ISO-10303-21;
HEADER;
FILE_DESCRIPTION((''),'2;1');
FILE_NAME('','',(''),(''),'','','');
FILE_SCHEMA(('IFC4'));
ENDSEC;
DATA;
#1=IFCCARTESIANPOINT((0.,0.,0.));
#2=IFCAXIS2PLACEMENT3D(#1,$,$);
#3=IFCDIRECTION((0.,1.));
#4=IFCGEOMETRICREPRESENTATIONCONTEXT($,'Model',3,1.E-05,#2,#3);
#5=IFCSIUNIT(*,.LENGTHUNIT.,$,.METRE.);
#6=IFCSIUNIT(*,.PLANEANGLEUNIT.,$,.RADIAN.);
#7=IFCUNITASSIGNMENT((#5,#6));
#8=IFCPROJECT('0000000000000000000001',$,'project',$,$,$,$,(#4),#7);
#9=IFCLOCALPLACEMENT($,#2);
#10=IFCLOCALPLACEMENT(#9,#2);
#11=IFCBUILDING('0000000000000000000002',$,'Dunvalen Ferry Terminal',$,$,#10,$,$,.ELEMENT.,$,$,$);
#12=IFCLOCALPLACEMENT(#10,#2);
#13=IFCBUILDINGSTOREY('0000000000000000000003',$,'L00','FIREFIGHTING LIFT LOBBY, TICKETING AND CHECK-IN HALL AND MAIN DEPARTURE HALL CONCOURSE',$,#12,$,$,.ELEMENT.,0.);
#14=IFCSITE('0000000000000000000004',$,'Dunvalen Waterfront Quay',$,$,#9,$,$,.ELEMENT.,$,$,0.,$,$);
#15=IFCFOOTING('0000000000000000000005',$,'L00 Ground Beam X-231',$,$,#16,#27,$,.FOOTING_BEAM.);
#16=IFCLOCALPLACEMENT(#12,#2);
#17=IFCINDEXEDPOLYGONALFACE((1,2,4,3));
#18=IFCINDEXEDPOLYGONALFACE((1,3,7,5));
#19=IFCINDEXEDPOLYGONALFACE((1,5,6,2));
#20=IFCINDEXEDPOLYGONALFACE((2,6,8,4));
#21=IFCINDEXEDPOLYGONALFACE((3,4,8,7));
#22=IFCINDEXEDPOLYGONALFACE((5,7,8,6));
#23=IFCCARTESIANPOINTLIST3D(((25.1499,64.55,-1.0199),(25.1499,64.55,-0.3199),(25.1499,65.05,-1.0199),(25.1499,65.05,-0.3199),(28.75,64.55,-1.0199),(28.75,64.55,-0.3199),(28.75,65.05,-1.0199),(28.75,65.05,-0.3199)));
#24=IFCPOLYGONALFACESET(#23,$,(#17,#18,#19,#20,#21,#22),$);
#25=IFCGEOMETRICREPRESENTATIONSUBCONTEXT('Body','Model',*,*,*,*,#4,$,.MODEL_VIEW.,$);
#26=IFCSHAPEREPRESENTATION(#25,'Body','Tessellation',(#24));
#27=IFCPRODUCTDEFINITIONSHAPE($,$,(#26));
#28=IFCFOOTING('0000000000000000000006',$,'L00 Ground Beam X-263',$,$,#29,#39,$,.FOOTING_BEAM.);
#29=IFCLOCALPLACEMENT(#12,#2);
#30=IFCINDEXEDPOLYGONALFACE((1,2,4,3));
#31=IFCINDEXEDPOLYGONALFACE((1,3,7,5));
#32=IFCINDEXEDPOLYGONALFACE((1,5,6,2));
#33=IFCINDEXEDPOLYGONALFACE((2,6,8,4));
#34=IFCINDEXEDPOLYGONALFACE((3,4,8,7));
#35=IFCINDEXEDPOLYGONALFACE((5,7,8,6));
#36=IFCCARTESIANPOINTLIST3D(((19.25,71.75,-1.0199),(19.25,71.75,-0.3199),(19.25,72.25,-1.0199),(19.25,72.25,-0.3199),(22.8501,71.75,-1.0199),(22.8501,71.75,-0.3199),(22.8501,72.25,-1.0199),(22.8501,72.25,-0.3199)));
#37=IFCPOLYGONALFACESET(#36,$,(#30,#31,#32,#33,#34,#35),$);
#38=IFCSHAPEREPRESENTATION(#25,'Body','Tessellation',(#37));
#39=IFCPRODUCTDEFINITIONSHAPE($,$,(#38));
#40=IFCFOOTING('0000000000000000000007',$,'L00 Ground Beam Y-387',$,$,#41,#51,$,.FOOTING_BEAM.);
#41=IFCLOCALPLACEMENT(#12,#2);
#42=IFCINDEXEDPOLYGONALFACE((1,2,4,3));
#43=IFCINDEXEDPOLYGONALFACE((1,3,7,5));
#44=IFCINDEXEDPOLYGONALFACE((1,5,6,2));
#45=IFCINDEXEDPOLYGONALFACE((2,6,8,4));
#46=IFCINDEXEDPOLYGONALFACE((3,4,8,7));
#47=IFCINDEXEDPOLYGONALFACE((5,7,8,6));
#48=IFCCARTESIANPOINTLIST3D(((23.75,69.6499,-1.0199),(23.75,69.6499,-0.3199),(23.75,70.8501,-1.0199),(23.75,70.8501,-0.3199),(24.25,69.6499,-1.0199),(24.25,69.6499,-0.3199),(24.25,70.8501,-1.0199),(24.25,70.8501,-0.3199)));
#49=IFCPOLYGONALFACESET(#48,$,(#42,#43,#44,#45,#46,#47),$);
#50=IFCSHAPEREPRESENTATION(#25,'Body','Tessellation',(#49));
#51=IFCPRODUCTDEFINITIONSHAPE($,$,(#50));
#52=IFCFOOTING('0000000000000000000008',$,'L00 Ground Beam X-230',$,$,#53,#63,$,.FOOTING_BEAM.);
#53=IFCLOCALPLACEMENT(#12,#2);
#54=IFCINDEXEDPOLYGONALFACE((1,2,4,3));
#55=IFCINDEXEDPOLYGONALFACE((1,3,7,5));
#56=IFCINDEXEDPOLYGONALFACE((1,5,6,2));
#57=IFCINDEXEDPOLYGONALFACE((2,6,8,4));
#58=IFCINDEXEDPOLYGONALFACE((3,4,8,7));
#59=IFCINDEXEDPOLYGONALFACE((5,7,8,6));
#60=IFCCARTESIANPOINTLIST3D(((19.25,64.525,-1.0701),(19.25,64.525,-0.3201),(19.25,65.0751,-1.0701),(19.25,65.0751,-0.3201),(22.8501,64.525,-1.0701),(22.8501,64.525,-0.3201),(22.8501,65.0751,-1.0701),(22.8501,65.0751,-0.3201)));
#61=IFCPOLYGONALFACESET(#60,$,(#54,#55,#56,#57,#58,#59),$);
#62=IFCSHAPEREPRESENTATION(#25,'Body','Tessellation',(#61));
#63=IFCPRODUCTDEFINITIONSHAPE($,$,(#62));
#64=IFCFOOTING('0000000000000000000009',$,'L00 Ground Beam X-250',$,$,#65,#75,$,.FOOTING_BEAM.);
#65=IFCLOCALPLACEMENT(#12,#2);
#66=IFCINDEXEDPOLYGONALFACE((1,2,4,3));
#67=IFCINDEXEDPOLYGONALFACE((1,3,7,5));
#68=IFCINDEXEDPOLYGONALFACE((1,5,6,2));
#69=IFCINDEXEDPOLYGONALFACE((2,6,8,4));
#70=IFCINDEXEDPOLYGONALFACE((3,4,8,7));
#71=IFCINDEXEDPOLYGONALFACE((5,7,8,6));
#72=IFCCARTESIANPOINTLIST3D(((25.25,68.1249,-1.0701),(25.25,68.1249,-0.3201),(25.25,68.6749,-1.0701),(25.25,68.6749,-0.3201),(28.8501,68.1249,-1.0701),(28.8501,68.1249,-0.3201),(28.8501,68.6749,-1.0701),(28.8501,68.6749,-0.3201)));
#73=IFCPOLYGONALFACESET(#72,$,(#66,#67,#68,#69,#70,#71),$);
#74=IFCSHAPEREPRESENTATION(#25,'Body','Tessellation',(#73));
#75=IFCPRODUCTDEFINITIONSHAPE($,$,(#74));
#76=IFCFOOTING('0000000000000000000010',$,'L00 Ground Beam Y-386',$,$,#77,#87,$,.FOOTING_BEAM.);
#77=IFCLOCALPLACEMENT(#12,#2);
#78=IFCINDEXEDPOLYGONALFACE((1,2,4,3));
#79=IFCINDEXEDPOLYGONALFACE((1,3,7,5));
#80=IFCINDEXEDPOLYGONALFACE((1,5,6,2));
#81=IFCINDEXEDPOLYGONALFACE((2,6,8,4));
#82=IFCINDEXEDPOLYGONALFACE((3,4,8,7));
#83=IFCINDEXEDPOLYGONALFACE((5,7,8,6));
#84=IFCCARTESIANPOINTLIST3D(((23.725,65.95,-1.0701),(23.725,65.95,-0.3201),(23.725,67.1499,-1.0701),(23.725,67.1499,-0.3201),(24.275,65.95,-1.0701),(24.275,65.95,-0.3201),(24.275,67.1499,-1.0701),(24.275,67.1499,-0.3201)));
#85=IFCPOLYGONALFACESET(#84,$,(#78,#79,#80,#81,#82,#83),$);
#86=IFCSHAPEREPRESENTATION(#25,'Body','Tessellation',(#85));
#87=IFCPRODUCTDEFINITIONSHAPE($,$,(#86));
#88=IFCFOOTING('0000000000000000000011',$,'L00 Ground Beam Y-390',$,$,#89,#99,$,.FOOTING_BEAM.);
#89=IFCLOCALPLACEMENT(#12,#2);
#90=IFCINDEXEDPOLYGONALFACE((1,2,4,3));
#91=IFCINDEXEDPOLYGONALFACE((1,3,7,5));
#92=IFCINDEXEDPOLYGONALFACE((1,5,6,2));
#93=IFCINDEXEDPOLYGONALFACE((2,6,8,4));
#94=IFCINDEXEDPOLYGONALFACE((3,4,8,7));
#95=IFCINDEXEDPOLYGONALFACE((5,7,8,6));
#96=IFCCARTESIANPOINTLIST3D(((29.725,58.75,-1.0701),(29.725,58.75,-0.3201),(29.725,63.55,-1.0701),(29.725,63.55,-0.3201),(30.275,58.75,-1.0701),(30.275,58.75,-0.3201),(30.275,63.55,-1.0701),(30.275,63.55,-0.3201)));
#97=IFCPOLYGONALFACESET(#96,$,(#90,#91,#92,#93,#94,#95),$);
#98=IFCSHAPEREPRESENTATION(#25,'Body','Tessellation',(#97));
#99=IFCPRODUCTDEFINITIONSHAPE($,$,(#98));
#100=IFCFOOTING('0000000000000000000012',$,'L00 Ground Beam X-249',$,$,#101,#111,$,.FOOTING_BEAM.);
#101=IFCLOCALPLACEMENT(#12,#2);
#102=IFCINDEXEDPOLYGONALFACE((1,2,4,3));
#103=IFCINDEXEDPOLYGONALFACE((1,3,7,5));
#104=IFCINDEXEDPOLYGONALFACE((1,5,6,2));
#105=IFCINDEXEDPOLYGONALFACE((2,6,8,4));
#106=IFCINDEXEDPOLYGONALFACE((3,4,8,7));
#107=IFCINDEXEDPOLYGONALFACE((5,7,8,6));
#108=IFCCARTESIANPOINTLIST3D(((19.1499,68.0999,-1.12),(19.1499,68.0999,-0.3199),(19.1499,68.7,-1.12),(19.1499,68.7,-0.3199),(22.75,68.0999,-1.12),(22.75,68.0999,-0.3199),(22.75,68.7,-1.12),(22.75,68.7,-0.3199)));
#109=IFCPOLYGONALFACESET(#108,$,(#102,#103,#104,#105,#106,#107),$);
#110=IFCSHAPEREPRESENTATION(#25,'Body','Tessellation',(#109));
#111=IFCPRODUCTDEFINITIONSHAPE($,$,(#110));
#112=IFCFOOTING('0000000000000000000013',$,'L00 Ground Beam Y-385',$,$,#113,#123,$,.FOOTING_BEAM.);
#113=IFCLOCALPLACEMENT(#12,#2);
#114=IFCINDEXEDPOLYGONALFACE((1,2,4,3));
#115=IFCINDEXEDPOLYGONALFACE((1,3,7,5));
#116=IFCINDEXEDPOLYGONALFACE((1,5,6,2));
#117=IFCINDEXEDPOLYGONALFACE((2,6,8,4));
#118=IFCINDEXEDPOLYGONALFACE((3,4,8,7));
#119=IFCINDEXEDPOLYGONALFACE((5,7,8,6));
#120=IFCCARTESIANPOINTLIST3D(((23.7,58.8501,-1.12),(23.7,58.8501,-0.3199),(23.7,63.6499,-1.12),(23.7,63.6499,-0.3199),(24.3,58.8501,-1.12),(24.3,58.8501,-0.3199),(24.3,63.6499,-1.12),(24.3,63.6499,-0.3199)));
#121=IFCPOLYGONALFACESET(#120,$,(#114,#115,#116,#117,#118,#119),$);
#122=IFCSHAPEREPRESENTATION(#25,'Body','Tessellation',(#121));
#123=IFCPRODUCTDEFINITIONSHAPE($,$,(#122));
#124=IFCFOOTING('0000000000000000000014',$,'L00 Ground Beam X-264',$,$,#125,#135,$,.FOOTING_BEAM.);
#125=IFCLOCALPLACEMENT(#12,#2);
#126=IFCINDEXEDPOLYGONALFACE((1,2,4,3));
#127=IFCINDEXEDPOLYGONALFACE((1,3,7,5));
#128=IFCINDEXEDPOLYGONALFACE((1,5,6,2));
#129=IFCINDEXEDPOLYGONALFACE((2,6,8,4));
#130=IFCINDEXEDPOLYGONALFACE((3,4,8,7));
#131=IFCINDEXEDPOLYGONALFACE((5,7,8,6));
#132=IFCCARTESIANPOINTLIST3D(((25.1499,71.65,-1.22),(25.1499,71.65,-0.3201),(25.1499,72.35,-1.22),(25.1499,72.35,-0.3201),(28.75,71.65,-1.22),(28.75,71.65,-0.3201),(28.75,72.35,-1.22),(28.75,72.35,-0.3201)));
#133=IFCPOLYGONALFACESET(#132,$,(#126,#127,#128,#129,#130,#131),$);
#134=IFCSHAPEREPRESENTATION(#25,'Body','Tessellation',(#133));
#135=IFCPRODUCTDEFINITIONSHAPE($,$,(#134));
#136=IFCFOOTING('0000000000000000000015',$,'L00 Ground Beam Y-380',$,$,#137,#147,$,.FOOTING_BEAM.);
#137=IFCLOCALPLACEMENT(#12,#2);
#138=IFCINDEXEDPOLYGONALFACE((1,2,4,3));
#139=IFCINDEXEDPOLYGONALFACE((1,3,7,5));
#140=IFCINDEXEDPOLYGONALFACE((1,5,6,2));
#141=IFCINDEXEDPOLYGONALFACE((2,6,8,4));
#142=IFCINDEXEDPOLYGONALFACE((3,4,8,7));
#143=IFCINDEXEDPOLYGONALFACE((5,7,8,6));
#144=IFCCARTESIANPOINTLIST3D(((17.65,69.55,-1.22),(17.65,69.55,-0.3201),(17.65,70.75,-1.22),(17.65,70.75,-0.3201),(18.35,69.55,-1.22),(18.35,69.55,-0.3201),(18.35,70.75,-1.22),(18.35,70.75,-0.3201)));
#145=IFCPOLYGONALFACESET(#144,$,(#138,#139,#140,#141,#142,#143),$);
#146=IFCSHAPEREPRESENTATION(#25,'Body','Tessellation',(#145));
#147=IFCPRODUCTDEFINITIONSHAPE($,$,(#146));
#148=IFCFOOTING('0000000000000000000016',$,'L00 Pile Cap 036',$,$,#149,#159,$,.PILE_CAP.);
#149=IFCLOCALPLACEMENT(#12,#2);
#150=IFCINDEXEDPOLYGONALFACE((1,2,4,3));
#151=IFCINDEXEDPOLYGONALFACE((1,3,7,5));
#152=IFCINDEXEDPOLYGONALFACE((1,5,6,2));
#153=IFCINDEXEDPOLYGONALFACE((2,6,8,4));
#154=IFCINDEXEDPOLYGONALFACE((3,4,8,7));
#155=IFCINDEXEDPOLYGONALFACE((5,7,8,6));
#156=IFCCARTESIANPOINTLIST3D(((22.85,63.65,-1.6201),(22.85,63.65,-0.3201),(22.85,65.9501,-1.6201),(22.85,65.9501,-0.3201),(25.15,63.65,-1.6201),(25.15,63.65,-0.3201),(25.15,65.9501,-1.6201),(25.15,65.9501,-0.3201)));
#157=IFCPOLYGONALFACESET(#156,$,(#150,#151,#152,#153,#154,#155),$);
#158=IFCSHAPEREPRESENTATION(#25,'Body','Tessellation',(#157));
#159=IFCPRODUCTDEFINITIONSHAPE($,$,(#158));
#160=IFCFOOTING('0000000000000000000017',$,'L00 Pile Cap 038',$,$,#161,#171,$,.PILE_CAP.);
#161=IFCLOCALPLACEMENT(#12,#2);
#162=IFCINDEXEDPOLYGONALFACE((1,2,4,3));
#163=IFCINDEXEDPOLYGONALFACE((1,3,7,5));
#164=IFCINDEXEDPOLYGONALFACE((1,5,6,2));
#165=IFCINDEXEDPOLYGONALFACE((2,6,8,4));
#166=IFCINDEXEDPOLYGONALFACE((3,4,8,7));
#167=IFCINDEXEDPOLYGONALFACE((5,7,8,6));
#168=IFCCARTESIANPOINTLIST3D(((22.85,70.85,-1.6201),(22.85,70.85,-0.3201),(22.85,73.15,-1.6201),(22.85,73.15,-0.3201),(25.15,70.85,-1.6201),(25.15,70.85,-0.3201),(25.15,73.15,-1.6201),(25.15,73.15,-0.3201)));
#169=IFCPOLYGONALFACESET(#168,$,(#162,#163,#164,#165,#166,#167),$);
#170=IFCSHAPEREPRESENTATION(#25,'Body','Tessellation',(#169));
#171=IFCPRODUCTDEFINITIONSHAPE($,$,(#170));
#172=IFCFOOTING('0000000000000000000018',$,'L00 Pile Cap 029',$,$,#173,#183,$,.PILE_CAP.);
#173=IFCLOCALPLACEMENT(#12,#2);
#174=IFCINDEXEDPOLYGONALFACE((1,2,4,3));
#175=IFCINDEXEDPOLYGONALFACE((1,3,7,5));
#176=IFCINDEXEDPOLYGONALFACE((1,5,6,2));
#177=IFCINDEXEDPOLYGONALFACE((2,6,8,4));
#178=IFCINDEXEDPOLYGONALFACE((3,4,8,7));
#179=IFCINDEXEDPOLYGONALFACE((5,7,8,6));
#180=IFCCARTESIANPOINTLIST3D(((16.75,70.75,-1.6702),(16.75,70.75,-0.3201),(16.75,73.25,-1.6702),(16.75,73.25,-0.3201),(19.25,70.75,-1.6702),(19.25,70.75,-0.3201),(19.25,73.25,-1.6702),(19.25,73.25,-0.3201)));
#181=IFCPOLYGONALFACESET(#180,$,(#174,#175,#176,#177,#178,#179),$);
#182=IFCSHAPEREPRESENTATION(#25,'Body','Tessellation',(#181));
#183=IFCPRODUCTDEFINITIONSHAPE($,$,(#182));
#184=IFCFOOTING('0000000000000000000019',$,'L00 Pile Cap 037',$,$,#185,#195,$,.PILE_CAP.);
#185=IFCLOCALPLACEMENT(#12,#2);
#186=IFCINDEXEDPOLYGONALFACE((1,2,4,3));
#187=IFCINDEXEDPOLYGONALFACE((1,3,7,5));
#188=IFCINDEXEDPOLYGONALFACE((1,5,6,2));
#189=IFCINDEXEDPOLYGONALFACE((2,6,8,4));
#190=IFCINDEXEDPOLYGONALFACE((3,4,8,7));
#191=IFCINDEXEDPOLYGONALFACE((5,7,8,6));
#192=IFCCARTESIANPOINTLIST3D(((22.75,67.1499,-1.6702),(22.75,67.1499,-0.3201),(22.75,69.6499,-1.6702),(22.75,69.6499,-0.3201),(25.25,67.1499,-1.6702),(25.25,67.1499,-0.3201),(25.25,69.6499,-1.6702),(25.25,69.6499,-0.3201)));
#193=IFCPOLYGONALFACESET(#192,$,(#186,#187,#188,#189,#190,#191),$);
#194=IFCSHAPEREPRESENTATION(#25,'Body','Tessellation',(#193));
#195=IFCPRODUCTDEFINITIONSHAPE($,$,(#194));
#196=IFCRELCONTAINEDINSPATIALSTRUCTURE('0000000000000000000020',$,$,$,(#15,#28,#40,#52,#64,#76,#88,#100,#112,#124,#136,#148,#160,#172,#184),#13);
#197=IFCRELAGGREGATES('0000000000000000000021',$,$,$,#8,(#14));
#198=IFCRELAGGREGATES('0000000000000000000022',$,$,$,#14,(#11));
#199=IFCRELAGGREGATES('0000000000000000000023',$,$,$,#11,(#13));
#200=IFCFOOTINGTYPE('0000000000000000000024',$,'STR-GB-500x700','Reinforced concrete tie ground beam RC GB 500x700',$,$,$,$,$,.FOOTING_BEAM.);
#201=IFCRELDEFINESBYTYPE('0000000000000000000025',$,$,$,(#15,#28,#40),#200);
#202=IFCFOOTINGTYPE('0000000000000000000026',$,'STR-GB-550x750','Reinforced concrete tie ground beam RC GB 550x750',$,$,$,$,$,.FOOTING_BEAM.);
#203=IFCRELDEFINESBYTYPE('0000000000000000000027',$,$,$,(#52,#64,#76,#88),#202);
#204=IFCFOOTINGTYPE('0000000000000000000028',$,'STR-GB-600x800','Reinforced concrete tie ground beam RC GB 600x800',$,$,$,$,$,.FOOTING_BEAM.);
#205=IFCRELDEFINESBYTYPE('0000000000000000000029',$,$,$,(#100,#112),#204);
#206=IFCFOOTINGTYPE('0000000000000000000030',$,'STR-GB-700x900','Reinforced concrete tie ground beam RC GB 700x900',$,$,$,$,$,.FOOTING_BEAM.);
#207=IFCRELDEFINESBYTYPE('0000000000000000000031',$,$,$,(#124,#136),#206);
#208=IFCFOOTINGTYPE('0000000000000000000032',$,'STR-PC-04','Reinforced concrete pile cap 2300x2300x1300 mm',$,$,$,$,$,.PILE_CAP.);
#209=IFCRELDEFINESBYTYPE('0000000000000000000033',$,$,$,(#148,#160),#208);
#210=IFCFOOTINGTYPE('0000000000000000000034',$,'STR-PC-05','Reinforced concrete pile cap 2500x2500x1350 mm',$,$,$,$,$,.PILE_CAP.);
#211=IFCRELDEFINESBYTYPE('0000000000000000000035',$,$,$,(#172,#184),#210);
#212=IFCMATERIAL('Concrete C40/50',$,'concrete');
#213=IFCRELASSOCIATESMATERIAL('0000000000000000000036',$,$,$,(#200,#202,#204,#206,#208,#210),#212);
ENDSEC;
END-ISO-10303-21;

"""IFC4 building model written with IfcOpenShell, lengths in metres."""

from ifc_helpers import new_model, si_unit, direction, frame, origin, origin_2d, place, context, subcontext, project, spatial, rectangle, extrude, material, material_profile, profile_set, type_object, element, save


model = new_model("IFC4")

# Units and contexts
model_context = context("Model", 3, precision=1e-05, world=origin(), true_north=direction((0.0, 1.0)))
body_context = subcontext(model_context, "Body", "Model", "MODEL_VIEW")
ifc_project = project(units=[si_unit("LENGTHUNIT", "METRE"), si_unit("PLANEANGLEUNIT", "RADIAN")], contexts=[model_context])

# Site, building, storey
site_placement = place(None, origin())
site = spatial("IfcSite", under=ifc_project, at=site_placement, Name="Dunvalen Waterfront Quay", CompositionType="ELEMENT", RefElevation=0.0)
building_placement = place(site_placement, origin())
building = spatial("IfcBuilding", under=site, at=building_placement, Name="Dunvalen Ferry Terminal", CompositionType="ELEMENT")
storey_placement = place(building_placement, origin())
storey = spatial("IfcBuildingStorey", under=building, at=storey_placement, Name="L00", Description="FIREFIGHTING LIFT LOBBY, TICKETING AND CHECK-IN HALL AND MAIN DEPARTURE HALL CONCOURSE", CompositionType="ELEMENT", Elevation=0.0)

# Footings
ifc_material_1 = material(Name="Concrete C40/50", Category="concrete")
ifc_material_profile_1 = material_profile(ifc_material_1, rectangle(XDim=0.5, YDim=0.7, at=origin_2d()), Name="Concrete C40/50")
ifc_profile_set_1 = profile_set([ifc_material_profile_1], Name="Concrete C40/50")
footing_type_1 = type_object("IfcFootingType", Name="STR-GB-500x700", Description="Reinforced concrete tie ground beam RC GB 500x700", PredefinedType="FOOTING_BEAM", material=ifc_profile_set_1)
for number, where, z_axis, x_axis, name in (
    (1, (25.1499, 64.8, -0.6699), (1.0, 0.0, 0.0), (0.0, 1.0, 0.0), "L00 Ground Beam X-231"),
    (2, (19.25, 72.0, -0.6699), (1.0, 0.0, 0.0), (0.0, 1.0, 0.0), "L00 Ground Beam X-263"),
):
    element("IfcFooting", number, at=place(storey_placement, frame(where, z_axis=z_axis, x_axis=x_axis)), inside=storey, type_object=footing_type_1, Name=name, PredefinedType="FOOTING_BEAM", context=body_context, shape_type="SweptSolid", body=[
        extrude(rectangle(XDim=0.5, YDim=0.7, at=origin_2d()), origin(), (0.0, 0.0, 1.0), 3.6001),
    ])
footing_1_placement = place(storey_placement, frame((24.0, 69.6499, -0.6699), z_axis=(0.0, 1.0, 0.0), x_axis=(-1.0, 0.0, 0.0)))
element("IfcFooting", 3, at=footing_1_placement, inside=storey, type_object=footing_type_1, Name="L00 Ground Beam Y-387", PredefinedType="FOOTING_BEAM", context=body_context, shape_type="SweptSolid", body=[
    extrude(rectangle(XDim=0.5, YDim=0.7, at=origin_2d()), origin(), (0.0, 0.0, 1.0), 1.2002),
])
ifc_material_profile_2 = material_profile(ifc_material_1, rectangle(XDim=0.55, YDim=0.75, at=origin_2d()), Name="Concrete C40/50")
ifc_profile_set_2 = profile_set([ifc_material_profile_2], Name="Concrete C40/50")
footing_type_2 = type_object("IfcFootingType", Name="STR-GB-550x750", Description="Reinforced concrete tie ground beam RC GB 550x750", PredefinedType="FOOTING_BEAM", material=ifc_profile_set_2)
for number, where, z_axis, x_axis, name in (
    (4, (19.25, 64.8, -0.6951), (1.0, 0.0, 0.0), (0.0, 1.0, 0.0), "L00 Ground Beam X-230"),
    (5, (25.25, 68.3999, -0.6951), (1.0, 0.0, 0.0), (0.0, 1.0, 0.0), "L00 Ground Beam X-250"),
):
    element("IfcFooting", number, at=place(storey_placement, frame(where, z_axis=z_axis, x_axis=x_axis)), inside=storey, type_object=footing_type_2, Name=name, PredefinedType="FOOTING_BEAM", context=body_context, shape_type="SweptSolid", body=[
        extrude(rectangle(XDim=0.55, YDim=0.75, at=origin_2d()), origin(), (0.0, 0.0, 1.0), 3.6001),
    ])
footing_2_placement = place(storey_placement, frame((24.0, 65.95, -0.6951), z_axis=(0.0, 1.0, 0.0), x_axis=(-1.0, 0.0, 0.0)))
element("IfcFooting", 6, at=footing_2_placement, inside=storey, type_object=footing_type_2, Name="L00 Ground Beam Y-386", PredefinedType="FOOTING_BEAM", context=body_context, shape_type="SweptSolid", body=[
    extrude(rectangle(XDim=0.55, YDim=0.75, at=origin_2d()), origin(), (0.0, 0.0, 1.0), 1.2),
])
footing_3_placement = place(storey_placement, frame((30.0, 58.75, -0.6951), z_axis=(0.0, 1.0, 0.0), x_axis=(-1.0, 0.0, 0.0)))
element("IfcFooting", 7, at=footing_3_placement, inside=storey, type_object=footing_type_2, Name="L00 Ground Beam Y-390", PredefinedType="FOOTING_BEAM", context=body_context, shape_type="SweptSolid", body=[
    extrude(rectangle(XDim=0.55, YDim=0.75, at=origin_2d()), origin(), (0.0, 0.0, 1.0), 4.8),
])
ifc_material_profile_3 = material_profile(ifc_material_1, rectangle(XDim=0.6001, YDim=0.8, at=origin_2d()), Name="Concrete C40/50")
ifc_profile_set_3 = profile_set([ifc_material_profile_3], Name="Concrete C40/50")
footing_type_3 = type_object("IfcFootingType", Name="STR-GB-600x800", Description="Reinforced concrete tie ground beam RC GB 600x800", PredefinedType="FOOTING_BEAM", material=ifc_profile_set_3)
footing_4_placement = place(storey_placement, frame((19.1499, 68.3999, -0.72), z_axis=(1.0, 0.0, 0.0), x_axis=(0.0, 1.0, 0.0)))
element("IfcFooting", 8, at=footing_4_placement, inside=storey, type_object=footing_type_3, Name="L00 Ground Beam X-249", PredefinedType="FOOTING_BEAM", context=body_context, shape_type="SweptSolid", body=[
    extrude(rectangle(XDim=0.6001, YDim=0.8, at=origin_2d()), origin(), (0.0, 0.0, 1.0), 3.6001),
])
footing_5_placement = place(storey_placement, frame((24.0, 58.8501, -0.72), z_axis=(0.0, 1.0, 0.0), x_axis=(-1.0, 0.0, 0.0)))
element("IfcFooting", 9, at=footing_5_placement, inside=storey, type_object=footing_type_3, Name="L00 Ground Beam Y-385", PredefinedType="FOOTING_BEAM", context=body_context, shape_type="SweptSolid", body=[
    extrude(rectangle(XDim=0.6001, YDim=0.8, at=origin_2d()), origin(), (0.0, 0.0, 1.0), 4.7998),
])
ifc_material_profile_4 = material_profile(ifc_material_1, rectangle(XDim=0.7, YDim=0.8999, at=origin_2d()), Name="Concrete C40/50")
ifc_profile_set_4 = profile_set([ifc_material_profile_4], Name="Concrete C40/50")
footing_type_4 = type_object("IfcFootingType", Name="STR-GB-700x900", Description="Reinforced concrete tie ground beam RC GB 700x900", PredefinedType="FOOTING_BEAM", material=ifc_profile_set_4)
footing_6_placement = place(storey_placement, frame((25.1499, 72.0, -0.77), z_axis=(1.0, 0.0, 0.0), x_axis=(0.0, 1.0, 0.0)))
element("IfcFooting", 10, at=footing_6_placement, inside=storey, type_object=footing_type_4, Name="L00 Ground Beam X-264", PredefinedType="FOOTING_BEAM", context=body_context, shape_type="SweptSolid", body=[
    extrude(rectangle(XDim=0.7, YDim=0.8999, at=origin_2d()), origin(), (0.0, 0.0, 1.0), 3.6001),
])
footing_7_placement = place(storey_placement, frame((18.0, 69.55, -0.77), z_axis=(0.0, 1.0, 0.0), x_axis=(-1.0, 0.0, 0.0)))
element("IfcFooting", 11, at=footing_7_placement, inside=storey, type_object=footing_type_4, Name="L00 Ground Beam Y-380", PredefinedType="FOOTING_BEAM", context=body_context, shape_type="SweptSolid", body=[
    extrude(rectangle(XDim=0.7, YDim=0.8999, at=origin_2d()), origin(), (0.0, 0.0, 1.0), 1.2),
])
footing_type_5 = type_object("IfcFootingType", Name="STR-PC-04", Description="Reinforced concrete pile cap 2300x2300x1300 mm", PredefinedType="PILE_CAP", material=ifc_material_1)
for number, where, z_axis, x_axis, name in (
    (12, (24.0, 64.8, -1.6201), (0.0, 0.0, 1.0), (1.0, 0.0, 0.0), "L00 Pile Cap 036"),
    (13, (24.0, 72.0, -1.6201), (0.0, 0.0, 1.0), (1.0, 0.0, 0.0), "L00 Pile Cap 038"),
):
    element("IfcFooting", number, at=place(storey_placement, frame(where, z_axis=z_axis, x_axis=x_axis)), inside=storey, type_object=footing_type_5, Name=name, PredefinedType="PILE_CAP", context=body_context, shape_type="SweptSolid", body=[
        extrude(rectangle(XDim=2.3, YDim=2.3, at=origin_2d()), origin(), (0.0, 0.0, 1.0), 1.3),
    ])
footing_type_6 = type_object("IfcFootingType", Name="STR-PC-05", Description="Reinforced concrete pile cap 2500x2500x1350 mm", PredefinedType="PILE_CAP", material=ifc_material_1)
for number, where, z_axis, x_axis, name in (
    (14, (18.0, 72.0, -1.6702), (0.0, 0.0, 1.0), (1.0, 0.0, 0.0), "L00 Pile Cap 029"),
    (15, (24.0, 68.3999, -1.6702), (0.0, 0.0, 1.0), (1.0, 0.0, 0.0), "L00 Pile Cap 037"),
):
    element("IfcFooting", number, at=place(storey_placement, frame(where, z_axis=z_axis, x_axis=x_axis)), inside=storey, type_object=footing_type_6, Name=name, PredefinedType="PILE_CAP", context=body_context, shape_type="SweptSolid", body=[
        extrude(rectangle(XDim=2.5, YDim=2.5, at=origin_2d()), origin(), (0.0, 0.0, 1.0), 1.3501),
    ])

save(model, "model.ifc")
